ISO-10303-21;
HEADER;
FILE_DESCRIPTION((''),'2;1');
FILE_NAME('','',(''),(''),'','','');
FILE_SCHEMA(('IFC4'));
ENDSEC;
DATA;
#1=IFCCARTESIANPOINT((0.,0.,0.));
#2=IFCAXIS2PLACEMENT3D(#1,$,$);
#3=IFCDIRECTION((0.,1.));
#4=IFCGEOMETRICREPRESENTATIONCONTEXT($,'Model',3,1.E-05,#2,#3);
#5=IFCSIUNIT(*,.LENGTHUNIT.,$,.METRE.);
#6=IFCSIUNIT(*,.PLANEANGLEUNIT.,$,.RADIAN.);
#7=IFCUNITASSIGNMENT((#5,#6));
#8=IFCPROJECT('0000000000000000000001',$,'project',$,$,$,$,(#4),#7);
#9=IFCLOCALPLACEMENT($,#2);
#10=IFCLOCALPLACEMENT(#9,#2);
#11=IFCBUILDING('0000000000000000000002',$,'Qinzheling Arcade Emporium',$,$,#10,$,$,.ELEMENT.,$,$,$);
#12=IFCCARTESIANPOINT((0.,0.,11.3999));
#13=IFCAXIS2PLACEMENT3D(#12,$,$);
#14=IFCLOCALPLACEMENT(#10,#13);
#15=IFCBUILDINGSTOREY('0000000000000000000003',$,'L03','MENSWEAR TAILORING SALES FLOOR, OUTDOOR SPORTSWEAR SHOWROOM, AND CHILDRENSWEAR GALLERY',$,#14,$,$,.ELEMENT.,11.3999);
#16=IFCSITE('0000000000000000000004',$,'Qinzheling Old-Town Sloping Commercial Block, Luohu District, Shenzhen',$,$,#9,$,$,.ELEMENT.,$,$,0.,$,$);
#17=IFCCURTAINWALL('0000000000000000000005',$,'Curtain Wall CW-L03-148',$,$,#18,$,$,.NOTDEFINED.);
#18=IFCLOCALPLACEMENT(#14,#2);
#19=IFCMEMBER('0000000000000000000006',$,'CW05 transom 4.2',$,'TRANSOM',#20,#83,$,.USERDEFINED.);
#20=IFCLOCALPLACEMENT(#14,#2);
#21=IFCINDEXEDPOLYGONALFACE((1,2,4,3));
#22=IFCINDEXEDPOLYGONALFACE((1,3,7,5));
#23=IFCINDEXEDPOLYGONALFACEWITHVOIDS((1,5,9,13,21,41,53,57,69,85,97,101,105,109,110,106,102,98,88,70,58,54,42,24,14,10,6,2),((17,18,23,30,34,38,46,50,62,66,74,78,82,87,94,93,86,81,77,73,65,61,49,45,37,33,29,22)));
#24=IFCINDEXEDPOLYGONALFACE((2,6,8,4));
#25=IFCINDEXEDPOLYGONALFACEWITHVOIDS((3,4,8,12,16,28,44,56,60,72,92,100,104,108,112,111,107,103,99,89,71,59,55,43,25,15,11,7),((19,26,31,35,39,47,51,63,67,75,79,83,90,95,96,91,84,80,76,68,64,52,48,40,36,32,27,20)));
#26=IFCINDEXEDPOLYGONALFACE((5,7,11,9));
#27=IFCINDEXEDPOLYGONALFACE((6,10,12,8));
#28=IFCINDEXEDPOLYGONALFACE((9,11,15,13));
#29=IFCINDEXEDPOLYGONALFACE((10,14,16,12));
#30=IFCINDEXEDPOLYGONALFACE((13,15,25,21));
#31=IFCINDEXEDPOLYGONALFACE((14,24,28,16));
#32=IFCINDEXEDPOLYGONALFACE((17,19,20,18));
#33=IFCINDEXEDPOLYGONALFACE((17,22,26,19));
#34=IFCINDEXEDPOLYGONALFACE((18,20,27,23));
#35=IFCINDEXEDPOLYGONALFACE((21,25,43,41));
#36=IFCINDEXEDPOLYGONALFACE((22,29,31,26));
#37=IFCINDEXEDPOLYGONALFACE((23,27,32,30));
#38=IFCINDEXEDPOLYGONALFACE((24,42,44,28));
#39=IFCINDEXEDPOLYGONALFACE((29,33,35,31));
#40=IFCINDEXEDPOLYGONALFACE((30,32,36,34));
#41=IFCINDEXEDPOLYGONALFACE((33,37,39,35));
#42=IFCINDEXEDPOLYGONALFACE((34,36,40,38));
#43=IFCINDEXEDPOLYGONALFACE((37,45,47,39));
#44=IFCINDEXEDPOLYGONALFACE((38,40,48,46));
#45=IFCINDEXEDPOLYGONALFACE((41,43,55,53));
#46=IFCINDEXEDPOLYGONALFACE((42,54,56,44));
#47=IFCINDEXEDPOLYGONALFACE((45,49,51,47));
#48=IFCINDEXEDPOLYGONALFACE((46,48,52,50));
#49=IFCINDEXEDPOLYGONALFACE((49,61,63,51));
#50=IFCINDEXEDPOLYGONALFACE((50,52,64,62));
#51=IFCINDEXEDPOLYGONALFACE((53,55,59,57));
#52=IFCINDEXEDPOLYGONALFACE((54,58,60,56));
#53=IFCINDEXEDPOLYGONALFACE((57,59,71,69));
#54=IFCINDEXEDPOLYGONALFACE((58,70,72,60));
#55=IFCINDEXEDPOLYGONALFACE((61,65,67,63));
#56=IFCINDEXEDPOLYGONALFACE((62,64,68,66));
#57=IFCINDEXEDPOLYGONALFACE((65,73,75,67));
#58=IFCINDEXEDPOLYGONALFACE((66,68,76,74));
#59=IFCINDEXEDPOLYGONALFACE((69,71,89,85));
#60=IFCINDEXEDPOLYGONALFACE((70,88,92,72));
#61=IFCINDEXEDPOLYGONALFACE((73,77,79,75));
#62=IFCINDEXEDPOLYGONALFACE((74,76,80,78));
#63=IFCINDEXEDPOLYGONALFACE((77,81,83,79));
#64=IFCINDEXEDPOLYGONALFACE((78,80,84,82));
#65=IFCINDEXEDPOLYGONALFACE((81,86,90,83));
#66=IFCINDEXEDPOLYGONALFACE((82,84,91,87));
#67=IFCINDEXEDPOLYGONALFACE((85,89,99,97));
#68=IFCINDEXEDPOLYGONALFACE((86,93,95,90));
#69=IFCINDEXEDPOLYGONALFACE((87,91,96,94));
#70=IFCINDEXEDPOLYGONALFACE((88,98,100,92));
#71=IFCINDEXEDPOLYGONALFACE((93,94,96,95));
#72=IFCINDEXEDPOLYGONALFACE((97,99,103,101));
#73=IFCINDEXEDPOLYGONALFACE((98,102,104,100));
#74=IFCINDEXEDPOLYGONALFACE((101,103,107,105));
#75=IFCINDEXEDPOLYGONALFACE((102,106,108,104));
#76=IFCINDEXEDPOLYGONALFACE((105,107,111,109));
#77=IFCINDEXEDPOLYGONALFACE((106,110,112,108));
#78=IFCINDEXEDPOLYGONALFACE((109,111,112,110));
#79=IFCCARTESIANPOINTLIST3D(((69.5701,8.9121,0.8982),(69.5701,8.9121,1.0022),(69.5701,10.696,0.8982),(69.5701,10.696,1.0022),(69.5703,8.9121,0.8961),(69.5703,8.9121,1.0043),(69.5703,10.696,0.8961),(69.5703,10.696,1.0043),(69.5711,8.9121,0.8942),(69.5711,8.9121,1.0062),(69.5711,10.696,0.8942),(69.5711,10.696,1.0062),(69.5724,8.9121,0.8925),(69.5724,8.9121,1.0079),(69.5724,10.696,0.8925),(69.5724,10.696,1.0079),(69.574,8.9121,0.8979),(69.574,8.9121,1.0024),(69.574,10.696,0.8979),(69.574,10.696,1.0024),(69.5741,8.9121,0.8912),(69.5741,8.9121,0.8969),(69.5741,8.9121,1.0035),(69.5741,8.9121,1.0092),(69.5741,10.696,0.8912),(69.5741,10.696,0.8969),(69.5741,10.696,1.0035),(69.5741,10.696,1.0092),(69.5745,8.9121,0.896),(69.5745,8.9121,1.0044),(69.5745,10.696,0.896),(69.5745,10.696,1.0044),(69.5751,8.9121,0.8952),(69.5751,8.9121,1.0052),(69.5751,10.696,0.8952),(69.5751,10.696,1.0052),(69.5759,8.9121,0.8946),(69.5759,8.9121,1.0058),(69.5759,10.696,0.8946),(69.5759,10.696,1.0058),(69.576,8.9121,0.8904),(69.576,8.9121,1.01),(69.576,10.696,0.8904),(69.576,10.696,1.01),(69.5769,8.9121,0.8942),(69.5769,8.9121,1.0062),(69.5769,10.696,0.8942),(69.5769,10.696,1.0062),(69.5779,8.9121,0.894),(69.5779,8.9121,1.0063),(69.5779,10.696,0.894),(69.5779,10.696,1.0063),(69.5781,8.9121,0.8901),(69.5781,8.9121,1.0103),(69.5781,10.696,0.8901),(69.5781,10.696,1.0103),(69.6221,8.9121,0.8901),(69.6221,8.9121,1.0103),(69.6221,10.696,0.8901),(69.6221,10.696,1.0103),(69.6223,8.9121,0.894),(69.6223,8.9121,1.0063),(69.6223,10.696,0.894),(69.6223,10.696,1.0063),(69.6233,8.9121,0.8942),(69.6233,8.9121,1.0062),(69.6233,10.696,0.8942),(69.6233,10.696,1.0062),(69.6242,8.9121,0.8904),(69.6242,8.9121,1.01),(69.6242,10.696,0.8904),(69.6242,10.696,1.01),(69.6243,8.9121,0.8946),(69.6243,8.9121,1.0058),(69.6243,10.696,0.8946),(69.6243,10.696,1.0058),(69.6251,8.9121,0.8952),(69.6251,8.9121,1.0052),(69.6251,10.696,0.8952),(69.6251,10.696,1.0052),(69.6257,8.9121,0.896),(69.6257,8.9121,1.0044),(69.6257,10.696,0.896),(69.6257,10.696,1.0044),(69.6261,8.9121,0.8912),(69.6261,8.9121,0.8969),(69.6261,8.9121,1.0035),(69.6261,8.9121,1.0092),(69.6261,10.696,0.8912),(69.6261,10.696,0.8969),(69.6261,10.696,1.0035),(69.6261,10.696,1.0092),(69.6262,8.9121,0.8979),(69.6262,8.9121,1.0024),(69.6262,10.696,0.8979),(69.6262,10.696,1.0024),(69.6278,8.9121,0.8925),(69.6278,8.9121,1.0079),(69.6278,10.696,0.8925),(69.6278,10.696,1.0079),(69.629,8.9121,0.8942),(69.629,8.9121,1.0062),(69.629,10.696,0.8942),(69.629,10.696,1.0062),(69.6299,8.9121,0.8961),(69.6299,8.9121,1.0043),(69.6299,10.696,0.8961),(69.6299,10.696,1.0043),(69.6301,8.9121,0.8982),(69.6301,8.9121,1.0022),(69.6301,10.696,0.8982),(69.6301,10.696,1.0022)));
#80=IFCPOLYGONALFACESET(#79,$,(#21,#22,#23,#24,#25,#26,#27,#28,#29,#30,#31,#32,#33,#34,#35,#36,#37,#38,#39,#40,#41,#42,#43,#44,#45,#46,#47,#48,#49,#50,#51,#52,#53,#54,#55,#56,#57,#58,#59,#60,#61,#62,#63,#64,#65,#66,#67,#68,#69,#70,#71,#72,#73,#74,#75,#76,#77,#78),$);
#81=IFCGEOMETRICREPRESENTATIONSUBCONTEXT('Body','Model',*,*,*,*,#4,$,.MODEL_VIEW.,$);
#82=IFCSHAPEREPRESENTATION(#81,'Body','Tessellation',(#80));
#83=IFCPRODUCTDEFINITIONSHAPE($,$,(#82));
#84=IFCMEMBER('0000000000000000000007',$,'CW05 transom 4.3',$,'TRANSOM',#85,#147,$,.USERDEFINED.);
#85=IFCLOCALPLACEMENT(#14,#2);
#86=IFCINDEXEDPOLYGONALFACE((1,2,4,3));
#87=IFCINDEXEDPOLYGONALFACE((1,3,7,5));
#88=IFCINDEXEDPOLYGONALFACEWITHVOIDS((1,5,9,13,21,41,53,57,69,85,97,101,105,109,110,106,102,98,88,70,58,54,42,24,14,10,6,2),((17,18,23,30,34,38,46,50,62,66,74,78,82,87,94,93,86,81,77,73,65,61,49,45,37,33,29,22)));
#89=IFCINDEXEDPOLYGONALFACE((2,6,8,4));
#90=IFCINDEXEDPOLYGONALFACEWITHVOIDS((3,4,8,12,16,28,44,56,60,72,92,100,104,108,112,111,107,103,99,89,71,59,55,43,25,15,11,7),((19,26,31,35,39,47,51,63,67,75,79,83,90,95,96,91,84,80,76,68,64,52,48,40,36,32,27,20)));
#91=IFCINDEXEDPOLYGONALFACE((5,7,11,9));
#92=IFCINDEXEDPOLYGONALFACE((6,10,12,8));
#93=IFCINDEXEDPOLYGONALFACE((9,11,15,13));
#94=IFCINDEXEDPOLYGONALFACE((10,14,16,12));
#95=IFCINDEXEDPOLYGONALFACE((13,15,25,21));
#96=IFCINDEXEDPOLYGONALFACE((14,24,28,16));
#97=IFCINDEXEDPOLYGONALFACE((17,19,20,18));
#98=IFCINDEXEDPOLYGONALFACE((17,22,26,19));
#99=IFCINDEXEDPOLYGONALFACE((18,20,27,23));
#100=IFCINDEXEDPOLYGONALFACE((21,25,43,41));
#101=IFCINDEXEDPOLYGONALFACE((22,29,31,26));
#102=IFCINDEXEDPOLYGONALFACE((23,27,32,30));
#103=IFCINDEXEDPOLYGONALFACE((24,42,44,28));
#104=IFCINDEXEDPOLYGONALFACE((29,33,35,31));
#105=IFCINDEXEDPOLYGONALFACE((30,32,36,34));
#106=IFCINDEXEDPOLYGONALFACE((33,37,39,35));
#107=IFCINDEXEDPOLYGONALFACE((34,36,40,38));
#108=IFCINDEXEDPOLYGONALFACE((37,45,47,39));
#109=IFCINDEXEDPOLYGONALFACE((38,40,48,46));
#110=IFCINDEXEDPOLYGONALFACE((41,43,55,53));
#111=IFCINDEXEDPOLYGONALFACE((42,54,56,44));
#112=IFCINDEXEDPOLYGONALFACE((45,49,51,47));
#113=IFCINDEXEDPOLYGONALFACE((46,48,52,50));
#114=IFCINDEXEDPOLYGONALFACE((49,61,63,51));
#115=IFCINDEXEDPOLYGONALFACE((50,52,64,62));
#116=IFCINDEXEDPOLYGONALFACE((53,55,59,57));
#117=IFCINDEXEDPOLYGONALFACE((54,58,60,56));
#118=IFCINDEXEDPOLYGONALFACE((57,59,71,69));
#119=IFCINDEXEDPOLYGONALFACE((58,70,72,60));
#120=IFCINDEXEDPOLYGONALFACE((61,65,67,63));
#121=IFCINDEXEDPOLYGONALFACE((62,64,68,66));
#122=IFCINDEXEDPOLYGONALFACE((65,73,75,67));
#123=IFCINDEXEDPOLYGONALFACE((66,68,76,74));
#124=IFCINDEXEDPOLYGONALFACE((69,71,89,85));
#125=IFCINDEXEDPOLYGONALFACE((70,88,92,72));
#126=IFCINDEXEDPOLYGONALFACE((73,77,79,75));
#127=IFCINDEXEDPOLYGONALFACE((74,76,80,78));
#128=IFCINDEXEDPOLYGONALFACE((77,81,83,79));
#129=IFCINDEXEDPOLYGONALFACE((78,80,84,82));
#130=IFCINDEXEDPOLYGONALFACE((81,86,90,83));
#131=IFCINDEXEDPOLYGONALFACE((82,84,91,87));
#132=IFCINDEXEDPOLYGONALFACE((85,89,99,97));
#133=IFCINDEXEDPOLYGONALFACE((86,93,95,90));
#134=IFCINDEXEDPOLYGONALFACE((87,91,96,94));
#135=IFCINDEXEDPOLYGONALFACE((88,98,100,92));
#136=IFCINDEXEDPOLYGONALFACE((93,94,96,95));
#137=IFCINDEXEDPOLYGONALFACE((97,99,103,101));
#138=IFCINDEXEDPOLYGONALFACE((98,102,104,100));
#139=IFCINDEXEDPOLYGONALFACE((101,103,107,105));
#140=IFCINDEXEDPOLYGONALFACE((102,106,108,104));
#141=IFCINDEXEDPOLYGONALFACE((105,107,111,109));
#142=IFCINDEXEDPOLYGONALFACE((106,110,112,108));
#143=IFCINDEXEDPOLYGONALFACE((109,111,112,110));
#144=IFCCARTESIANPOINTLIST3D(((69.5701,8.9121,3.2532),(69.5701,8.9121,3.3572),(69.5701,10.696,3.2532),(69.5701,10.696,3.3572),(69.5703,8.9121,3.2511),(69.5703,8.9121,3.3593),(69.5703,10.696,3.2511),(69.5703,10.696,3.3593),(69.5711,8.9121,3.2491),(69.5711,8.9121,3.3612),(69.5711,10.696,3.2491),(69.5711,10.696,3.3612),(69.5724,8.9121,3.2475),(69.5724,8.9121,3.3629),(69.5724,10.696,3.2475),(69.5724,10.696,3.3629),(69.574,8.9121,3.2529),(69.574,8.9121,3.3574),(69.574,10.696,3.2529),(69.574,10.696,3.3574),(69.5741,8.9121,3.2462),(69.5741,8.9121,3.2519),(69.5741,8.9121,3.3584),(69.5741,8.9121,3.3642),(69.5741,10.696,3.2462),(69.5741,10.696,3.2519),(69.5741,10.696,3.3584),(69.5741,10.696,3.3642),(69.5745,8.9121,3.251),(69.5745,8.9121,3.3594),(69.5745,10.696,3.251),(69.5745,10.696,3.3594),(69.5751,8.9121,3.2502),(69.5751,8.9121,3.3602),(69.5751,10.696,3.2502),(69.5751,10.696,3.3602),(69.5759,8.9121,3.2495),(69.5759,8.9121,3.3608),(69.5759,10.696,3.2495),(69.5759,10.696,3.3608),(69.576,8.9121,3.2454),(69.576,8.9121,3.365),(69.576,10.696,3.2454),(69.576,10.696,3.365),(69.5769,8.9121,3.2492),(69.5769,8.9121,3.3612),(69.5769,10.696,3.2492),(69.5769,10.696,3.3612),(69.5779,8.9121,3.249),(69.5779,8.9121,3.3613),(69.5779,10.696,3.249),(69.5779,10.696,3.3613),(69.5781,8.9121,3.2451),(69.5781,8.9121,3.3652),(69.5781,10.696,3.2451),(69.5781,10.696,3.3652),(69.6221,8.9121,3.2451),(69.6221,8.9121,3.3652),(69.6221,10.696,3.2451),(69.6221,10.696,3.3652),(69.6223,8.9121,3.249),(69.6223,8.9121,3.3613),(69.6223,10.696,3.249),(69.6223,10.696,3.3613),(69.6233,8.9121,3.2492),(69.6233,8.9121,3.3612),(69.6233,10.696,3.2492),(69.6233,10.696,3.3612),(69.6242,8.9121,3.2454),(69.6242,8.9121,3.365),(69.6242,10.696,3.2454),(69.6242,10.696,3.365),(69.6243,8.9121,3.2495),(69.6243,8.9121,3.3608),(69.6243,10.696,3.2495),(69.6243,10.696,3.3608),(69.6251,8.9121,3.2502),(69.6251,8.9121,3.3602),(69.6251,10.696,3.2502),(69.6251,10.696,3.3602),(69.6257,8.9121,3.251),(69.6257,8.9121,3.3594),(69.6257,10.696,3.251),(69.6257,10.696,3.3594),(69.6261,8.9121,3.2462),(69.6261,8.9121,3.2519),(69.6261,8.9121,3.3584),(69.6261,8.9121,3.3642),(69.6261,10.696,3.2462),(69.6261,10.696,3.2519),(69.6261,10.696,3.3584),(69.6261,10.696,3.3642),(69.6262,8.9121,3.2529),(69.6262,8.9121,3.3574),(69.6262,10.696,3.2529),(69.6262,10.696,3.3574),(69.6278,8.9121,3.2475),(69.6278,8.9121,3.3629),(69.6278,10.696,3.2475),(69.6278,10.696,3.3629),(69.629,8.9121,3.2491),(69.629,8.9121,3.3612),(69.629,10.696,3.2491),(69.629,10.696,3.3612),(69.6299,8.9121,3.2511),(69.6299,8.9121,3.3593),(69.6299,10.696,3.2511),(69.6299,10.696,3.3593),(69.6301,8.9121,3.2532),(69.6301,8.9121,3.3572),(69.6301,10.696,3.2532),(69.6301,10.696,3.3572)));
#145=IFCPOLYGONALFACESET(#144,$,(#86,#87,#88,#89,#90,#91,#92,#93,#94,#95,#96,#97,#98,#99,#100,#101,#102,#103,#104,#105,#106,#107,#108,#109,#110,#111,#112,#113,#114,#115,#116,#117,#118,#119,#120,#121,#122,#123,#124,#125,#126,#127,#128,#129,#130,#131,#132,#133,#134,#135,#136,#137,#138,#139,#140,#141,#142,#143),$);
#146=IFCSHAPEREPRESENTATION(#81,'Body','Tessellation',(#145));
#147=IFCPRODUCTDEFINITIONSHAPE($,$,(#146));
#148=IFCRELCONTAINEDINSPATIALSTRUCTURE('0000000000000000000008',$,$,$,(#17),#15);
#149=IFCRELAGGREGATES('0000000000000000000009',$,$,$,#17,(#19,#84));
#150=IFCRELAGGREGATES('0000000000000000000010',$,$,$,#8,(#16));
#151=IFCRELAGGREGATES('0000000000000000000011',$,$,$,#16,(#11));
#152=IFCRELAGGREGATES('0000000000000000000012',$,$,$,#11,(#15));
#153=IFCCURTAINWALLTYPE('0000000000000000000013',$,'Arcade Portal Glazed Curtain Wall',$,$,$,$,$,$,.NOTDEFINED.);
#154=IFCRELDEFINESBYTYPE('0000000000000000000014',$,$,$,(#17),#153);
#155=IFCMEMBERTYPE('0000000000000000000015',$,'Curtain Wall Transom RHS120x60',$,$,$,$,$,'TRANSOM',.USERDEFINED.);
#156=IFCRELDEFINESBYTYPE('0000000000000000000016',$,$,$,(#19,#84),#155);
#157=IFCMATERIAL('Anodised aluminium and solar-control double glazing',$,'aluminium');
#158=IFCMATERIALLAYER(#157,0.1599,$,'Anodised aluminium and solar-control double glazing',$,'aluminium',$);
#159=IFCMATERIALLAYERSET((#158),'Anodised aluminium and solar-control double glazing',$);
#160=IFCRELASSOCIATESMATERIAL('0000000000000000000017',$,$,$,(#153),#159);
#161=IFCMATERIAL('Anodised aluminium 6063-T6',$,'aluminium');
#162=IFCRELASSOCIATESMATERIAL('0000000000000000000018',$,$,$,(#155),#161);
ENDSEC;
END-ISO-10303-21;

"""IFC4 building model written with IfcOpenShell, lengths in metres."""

from ifc_helpers import new_model, si_unit, direction, frame, origin, origin_2d, place, context, subcontext, project, spatial, hollow_rectangle, extrude, material, layer, layer_set, material_profile, profile_set, type_object, element, aggregate, save


model = new_model("IFC4")

# Units and contexts
model_context = context("Model", 3, precision=1e-05, world=origin(), true_north=direction((0.0, 1.0)))
body_context = subcontext(model_context, "Body", "Model", "MODEL_VIEW")
ifc_project = project(units=[si_unit("LENGTHUNIT", "METRE"), si_unit("PLANEANGLEUNIT", "RADIAN")], contexts=[model_context])

# Site, building, storey
site_placement = place(None, origin())
site = spatial("IfcSite", under=ifc_project, at=site_placement, Name="Qinzheling Old-Town Sloping Commercial Block, Luohu District, Shenzhen", CompositionType="ELEMENT", RefElevation=0.0)
building_placement = place(site_placement, origin())
building = spatial("IfcBuilding", under=site, at=building_placement, Name="Qinzheling Arcade Emporium", CompositionType="ELEMENT")
storey_placement = place(building_placement, frame((0.0, 0.0, 11.3999)))
storey = spatial("IfcBuildingStorey", under=building, at=storey_placement, Name="L03", Description="MENSWEAR TAILORING SALES FLOOR, OUTDOOR SPORTSWEAR SHOWROOM, AND CHILDRENSWEAR GALLERY", CompositionType="ELEMENT", Elevation=11.3999)

# Curtain wall
ifc_material_1 = material(Name="Anodised aluminium and solar-control double glazing", Category="aluminium")
ifc_layer_1 = layer(ifc_material_1, 0.1599, Name="Anodised aluminium and solar-control double glazing", Category="aluminium")
ifc_layer_set_1 = layer_set([ifc_layer_1], Name="Anodised aluminium and solar-control double glazing")
curtain_wall_type = type_object("IfcCurtainWallType", Name="Arcade Portal Glazed Curtain Wall", PredefinedType="NOTDEFINED", material=ifc_layer_set_1)
curtain_wall_1_placement = place(storey_placement, origin())
curtain_wall_1 = element("IfcCurtainWall", 1, at=curtain_wall_1_placement, inside=storey, type_object=curtain_wall_type, Name="Curtain Wall CW-L03-148", PredefinedType="NOTDEFINED")
ifc_material_2 = material(Name="Anodised aluminium 6063-T6", Category="aluminium")

# Members
ifc_material_profile_1 = material_profile(ifc_material_2, hollow_rectangle(XDim=0.0601, YDim=0.1201, WallThickness=0.0039, InnerFilletRadius=0.0039, OuterFilletRadius=0.0081, at=origin_2d()), Name="RHS 120x60x4", Category="aluminium")
ifc_profile_set_1 = profile_set([ifc_material_profile_1], Name="Anodised aluminium 6063-T6")
member_type_1 = type_object("IfcMemberType", Name="Curtain Wall Transom RHS120x60", ElementType="TRANSOM", PredefinedType="USERDEFINED", material=ifc_profile_set_1)
member_1_placement = place(storey_placement, frame((69.6001, 10.696, 0.9502), z_axis=(0.0, -1.0, 0.0), x_axis=(1.0, 0.0, 0.0)))
member_1 = element("IfcMember", 2, at=member_1_placement, type_object=member_type_1, Name="CW05 transom 4.2", ObjectType="TRANSOM", PredefinedType="USERDEFINED", context=body_context, shape_type="SweptSolid", body=[
    extrude(hollow_rectangle(XDim=0.0601, YDim=0.1201, WallThickness=0.0039, InnerFilletRadius=0.0039, OuterFilletRadius=0.0081, at=origin_2d()), origin(), (0.0, 0.0, 1.0), 1.7839),
])
member_2_placement = place(storey_placement, frame((69.6001, 10.696, 3.3052), z_axis=(0.0, -1.0, 0.0), x_axis=(1.0, 0.0, 0.0)))
member_2 = element("IfcMember", 3, at=member_2_placement, type_object=member_type_1, Name="CW05 transom 4.3", ObjectType="TRANSOM", PredefinedType="USERDEFINED", context=body_context, shape_type="SweptSolid", body=[
    extrude(hollow_rectangle(XDim=0.0601, YDim=0.1201, WallThickness=0.0039, InnerFilletRadius=0.0039, OuterFilletRadius=0.0081, at=origin_2d()), origin(), (0.0, 0.0, 1.0), 1.7839),
])

aggregate(curtain_wall_1, [member_1, member_2])

save(model, "model.ifc")
